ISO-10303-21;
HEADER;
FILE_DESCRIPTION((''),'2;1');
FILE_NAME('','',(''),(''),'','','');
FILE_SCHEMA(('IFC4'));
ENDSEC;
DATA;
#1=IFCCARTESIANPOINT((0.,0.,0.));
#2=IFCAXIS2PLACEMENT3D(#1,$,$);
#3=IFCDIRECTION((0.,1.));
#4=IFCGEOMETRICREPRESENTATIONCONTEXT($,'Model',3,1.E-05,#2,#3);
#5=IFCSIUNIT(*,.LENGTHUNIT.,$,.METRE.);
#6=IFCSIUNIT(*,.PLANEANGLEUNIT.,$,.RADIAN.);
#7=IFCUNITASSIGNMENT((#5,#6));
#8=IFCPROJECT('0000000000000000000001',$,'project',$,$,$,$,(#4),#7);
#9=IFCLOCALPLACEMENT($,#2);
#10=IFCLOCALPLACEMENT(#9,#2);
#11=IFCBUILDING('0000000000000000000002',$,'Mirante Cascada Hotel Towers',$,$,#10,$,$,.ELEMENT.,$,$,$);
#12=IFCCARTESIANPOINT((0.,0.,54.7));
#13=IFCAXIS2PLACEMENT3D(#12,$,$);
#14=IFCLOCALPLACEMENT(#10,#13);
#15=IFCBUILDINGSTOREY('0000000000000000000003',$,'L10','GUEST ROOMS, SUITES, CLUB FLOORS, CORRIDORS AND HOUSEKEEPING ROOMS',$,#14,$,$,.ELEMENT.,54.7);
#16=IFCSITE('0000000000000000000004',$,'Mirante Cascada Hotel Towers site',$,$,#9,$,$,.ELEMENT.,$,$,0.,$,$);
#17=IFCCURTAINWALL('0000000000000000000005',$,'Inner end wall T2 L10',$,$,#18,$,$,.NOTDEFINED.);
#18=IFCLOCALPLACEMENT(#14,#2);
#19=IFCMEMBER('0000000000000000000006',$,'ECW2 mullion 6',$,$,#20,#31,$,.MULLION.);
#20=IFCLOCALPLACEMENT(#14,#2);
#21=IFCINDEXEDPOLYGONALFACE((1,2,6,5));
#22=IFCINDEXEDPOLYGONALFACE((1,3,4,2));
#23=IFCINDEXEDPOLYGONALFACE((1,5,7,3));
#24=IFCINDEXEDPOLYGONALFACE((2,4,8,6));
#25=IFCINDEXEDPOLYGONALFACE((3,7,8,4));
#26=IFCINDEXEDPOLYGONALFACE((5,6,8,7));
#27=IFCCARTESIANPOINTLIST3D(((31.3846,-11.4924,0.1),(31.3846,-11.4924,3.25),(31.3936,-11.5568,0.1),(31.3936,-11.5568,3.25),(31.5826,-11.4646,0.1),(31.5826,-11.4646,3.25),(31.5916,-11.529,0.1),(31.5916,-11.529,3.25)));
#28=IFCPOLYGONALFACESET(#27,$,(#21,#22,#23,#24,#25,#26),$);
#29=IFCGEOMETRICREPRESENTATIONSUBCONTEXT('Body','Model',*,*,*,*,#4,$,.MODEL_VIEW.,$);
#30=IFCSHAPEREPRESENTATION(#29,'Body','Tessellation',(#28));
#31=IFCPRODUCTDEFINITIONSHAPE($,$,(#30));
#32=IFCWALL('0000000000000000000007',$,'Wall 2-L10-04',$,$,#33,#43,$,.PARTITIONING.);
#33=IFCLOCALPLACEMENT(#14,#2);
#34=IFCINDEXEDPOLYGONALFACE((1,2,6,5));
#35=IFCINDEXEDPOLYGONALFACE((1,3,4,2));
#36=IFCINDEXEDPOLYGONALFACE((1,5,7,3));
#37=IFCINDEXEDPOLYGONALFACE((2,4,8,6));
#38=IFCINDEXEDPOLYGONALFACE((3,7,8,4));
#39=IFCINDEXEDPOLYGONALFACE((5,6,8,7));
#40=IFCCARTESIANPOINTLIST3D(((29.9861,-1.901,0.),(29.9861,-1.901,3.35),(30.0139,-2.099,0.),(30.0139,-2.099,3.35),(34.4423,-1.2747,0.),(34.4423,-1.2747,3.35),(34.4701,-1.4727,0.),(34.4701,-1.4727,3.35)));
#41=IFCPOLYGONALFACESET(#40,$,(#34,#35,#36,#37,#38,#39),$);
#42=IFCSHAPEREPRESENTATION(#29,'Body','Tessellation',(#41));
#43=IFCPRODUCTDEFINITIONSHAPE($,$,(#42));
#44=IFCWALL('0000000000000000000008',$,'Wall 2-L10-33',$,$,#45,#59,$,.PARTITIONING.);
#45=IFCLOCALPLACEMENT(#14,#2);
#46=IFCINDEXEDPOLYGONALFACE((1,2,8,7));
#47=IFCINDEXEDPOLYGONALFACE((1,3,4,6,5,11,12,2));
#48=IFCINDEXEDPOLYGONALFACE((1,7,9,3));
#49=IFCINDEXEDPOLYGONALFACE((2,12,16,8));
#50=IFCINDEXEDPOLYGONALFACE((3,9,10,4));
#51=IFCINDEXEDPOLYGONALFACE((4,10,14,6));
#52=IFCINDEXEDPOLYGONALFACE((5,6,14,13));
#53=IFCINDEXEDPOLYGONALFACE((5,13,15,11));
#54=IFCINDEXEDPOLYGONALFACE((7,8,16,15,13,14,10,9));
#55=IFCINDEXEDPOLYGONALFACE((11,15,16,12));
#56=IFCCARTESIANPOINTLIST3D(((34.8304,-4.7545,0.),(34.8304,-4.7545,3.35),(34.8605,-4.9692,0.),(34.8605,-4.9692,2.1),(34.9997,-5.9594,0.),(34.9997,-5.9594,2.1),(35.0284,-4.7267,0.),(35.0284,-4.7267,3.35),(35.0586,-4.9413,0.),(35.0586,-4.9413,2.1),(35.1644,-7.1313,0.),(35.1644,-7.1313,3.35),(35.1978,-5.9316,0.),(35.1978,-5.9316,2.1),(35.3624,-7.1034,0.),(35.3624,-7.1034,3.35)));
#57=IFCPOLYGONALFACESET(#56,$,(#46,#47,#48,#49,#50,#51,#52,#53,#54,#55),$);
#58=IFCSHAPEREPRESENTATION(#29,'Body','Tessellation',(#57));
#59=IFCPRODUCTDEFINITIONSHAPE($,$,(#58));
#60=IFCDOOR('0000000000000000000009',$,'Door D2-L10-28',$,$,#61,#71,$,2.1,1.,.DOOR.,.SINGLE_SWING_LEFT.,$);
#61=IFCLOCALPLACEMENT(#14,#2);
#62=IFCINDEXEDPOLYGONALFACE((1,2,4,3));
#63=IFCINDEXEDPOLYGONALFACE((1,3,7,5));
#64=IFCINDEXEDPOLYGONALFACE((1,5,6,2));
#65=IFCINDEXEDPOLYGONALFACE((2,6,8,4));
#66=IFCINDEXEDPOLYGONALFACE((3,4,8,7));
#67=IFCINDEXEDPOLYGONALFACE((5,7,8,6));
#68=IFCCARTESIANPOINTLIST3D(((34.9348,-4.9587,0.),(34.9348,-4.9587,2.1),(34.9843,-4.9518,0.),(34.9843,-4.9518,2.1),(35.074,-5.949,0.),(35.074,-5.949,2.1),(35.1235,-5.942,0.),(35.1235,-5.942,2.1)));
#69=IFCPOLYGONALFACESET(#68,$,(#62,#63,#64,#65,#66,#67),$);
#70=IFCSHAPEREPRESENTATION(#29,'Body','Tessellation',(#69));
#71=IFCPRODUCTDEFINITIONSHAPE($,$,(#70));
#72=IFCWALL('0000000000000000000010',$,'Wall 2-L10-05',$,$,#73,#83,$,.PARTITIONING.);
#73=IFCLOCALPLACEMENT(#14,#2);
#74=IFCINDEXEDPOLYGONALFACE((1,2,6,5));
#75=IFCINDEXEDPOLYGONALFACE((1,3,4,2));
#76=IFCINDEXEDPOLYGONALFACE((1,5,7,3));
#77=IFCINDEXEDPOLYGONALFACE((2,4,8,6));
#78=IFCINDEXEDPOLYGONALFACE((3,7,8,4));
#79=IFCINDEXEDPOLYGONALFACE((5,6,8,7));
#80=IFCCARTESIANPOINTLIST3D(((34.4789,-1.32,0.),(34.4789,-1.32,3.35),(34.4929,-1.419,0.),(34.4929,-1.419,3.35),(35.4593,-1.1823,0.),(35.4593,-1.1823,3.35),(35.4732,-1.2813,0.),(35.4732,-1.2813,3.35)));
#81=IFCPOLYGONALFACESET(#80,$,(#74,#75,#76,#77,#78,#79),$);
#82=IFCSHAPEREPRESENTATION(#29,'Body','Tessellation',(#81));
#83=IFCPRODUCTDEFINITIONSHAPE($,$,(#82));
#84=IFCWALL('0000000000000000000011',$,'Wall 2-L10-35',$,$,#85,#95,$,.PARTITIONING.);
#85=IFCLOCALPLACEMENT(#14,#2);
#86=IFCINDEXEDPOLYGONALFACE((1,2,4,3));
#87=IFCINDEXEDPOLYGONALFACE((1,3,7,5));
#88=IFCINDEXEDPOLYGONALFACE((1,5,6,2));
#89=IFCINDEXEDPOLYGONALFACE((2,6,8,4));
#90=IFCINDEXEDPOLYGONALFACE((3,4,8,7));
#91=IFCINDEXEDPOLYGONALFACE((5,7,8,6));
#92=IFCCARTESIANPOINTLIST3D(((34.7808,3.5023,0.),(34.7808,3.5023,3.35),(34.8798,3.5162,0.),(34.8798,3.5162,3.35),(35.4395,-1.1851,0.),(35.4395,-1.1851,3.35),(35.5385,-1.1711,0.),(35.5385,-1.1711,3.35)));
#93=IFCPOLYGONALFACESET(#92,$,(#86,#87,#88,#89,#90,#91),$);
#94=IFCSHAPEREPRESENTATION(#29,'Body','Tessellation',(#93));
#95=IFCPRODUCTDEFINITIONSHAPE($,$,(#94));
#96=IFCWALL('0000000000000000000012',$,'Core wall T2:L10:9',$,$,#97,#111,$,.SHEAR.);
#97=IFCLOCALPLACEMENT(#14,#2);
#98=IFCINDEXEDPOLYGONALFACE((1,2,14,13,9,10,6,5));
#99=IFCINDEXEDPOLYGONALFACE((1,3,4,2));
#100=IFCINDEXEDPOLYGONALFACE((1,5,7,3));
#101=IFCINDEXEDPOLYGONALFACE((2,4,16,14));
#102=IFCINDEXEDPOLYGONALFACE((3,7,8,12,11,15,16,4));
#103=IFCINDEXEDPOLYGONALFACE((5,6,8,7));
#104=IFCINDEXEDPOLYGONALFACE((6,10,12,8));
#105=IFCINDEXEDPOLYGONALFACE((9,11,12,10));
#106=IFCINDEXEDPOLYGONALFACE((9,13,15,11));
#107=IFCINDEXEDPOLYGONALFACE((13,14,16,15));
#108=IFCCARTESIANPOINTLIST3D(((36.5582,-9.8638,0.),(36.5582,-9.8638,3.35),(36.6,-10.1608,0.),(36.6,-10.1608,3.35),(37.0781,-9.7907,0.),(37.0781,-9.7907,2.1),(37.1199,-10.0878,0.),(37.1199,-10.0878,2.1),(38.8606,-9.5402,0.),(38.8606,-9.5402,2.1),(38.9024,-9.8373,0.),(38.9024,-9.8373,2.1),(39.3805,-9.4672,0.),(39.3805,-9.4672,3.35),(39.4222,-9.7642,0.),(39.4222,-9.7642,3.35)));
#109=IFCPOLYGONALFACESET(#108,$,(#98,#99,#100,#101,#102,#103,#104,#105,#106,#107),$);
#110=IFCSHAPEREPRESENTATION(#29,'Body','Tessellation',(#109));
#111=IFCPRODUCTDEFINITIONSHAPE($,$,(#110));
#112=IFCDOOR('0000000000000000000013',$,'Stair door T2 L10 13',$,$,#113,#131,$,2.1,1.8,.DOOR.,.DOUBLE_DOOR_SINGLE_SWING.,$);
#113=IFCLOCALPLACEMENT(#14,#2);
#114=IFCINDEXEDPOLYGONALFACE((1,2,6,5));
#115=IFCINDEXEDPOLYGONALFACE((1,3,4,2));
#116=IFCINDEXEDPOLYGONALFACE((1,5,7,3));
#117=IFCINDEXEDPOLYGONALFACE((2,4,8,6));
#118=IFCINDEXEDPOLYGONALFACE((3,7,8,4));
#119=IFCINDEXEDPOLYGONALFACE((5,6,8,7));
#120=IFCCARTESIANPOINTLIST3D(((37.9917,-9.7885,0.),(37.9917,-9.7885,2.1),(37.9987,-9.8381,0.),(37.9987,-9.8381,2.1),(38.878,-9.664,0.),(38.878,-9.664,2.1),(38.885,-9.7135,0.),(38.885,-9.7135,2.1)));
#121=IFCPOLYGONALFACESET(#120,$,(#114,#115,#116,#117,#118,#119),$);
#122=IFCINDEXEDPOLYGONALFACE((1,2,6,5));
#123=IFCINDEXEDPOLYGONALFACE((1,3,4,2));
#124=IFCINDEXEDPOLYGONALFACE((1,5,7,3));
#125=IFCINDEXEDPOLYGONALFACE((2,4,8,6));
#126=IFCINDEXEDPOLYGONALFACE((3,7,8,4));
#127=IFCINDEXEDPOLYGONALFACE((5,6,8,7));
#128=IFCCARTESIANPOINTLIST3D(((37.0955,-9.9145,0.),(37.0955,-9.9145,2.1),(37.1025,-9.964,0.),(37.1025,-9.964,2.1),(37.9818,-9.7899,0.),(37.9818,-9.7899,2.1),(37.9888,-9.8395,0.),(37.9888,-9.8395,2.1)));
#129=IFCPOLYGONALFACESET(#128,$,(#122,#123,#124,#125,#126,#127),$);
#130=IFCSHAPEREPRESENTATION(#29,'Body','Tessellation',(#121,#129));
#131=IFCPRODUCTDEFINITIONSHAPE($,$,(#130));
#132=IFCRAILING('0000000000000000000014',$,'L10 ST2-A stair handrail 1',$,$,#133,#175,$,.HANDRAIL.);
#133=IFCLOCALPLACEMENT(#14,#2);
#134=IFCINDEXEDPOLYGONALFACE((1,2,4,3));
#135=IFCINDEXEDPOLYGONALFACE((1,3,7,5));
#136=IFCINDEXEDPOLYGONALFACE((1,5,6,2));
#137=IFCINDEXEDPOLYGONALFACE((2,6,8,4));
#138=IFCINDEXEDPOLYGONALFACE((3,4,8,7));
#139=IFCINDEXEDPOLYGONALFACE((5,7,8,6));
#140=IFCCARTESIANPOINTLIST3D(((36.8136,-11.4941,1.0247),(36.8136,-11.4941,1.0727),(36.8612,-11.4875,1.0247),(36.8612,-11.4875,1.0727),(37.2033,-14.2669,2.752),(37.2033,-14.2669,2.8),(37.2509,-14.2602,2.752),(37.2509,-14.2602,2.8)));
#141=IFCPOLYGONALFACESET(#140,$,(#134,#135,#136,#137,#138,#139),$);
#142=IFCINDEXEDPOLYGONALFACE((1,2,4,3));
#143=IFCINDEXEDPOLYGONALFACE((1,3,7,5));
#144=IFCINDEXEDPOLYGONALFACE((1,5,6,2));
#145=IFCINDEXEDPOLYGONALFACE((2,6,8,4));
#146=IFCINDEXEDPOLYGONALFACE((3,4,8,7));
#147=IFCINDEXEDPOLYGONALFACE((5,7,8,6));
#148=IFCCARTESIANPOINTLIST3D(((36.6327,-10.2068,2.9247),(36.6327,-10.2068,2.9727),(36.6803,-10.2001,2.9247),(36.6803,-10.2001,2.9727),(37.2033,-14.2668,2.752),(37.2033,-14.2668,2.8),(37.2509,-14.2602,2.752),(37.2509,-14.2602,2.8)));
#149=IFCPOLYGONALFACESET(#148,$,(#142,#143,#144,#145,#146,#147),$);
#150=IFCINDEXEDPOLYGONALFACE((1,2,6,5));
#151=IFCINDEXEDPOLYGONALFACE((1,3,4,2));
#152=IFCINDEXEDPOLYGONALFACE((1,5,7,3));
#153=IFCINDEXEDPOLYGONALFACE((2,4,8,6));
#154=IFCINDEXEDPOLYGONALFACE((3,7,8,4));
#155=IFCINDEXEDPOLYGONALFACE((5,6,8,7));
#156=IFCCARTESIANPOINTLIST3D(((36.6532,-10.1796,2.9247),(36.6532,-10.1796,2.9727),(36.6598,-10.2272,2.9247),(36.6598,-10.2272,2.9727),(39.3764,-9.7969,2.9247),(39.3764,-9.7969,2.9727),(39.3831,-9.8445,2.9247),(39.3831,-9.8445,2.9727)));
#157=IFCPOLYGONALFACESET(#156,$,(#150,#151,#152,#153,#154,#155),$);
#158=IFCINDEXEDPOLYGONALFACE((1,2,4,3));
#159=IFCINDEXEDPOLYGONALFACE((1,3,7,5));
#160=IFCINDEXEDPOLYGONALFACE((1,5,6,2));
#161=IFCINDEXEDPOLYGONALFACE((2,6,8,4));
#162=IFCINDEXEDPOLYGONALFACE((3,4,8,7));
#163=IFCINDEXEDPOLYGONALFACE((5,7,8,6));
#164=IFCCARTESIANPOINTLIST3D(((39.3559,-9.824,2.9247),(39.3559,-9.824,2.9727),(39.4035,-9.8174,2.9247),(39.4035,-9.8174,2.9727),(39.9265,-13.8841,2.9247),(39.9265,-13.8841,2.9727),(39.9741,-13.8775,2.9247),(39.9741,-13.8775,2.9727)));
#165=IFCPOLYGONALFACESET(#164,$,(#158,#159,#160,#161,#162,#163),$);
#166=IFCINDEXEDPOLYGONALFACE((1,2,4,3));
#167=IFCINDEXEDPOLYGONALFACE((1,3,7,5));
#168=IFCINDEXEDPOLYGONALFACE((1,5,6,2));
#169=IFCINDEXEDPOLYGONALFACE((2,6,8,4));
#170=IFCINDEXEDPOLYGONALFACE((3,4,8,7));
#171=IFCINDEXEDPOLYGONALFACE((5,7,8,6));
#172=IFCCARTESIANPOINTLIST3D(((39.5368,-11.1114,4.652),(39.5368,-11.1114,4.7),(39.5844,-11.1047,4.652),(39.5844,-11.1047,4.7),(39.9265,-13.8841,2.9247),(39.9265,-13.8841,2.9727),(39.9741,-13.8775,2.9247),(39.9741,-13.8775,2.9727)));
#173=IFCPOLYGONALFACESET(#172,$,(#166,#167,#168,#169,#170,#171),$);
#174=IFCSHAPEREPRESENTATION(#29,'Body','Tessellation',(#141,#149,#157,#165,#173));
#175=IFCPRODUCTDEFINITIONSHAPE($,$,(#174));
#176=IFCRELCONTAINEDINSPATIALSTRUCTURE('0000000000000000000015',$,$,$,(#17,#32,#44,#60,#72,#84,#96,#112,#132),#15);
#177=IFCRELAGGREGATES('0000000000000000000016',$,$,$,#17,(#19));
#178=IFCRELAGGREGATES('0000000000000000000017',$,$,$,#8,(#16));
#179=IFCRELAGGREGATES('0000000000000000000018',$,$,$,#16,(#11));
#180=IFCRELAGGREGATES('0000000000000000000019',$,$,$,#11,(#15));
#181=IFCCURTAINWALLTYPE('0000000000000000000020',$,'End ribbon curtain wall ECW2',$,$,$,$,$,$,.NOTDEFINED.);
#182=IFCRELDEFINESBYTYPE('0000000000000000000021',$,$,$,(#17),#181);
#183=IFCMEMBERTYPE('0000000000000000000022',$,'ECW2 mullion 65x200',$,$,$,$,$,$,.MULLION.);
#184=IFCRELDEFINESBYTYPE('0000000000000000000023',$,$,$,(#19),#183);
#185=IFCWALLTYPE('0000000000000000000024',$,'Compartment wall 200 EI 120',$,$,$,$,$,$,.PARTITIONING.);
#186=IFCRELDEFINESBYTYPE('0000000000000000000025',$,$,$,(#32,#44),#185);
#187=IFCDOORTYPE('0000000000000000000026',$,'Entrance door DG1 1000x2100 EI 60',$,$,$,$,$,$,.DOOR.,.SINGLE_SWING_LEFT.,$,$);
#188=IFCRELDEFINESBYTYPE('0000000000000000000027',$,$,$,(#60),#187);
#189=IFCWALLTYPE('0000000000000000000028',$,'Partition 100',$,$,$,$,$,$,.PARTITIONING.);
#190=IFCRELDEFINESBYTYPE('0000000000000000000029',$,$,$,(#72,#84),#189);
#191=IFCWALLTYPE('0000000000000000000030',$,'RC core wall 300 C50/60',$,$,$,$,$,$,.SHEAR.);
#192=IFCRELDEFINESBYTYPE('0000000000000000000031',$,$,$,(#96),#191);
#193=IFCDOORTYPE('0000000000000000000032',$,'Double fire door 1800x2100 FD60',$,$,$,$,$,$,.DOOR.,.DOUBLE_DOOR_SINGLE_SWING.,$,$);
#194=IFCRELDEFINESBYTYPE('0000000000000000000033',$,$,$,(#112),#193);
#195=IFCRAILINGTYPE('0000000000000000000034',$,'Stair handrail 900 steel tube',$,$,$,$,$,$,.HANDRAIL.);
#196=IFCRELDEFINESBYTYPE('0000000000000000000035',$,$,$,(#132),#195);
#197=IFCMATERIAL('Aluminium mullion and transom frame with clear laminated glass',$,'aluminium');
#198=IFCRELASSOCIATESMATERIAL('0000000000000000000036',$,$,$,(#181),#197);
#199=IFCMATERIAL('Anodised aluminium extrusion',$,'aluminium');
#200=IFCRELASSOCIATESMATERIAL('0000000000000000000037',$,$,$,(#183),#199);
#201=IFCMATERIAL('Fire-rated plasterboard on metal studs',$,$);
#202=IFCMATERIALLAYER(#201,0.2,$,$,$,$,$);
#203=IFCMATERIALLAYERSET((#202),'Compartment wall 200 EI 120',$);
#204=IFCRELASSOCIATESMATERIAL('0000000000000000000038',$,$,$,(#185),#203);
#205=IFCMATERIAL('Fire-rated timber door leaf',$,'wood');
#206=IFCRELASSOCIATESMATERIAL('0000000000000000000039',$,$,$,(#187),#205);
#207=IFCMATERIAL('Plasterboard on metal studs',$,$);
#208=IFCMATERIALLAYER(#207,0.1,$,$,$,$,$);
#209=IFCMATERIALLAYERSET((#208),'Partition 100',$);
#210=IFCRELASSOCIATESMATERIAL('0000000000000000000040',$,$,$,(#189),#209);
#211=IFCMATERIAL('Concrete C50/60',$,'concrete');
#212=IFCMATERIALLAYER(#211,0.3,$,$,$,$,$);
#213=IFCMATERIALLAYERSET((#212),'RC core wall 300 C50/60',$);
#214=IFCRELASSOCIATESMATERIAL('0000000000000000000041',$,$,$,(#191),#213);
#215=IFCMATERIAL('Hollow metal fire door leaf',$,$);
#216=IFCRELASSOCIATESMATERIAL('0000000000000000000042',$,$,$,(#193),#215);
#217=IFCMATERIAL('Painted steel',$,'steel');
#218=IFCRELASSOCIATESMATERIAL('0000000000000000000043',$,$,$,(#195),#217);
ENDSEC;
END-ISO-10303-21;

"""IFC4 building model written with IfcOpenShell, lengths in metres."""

from ifc_helpers import new_model, si_unit, direction, frame, frame_2d, origin, origin_2d, place, context, subcontext, project, spatial, rectangle, extrude, material, layer, layer_set, material_profile, profile_set, type_object, element, fill, aggregate, save


model = new_model("IFC4")

# Units and contexts
model_context = context("Model", 3, precision=1e-05, world=origin(), true_north=direction((0.0, 1.0)))
body_context = subcontext(model_context, "Body", "Model", "MODEL_VIEW")
ifc_project = project(units=[si_unit("LENGTHUNIT", "METRE"), si_unit("PLANEANGLEUNIT", "RADIAN")], contexts=[model_context])

# Site, building, storey
site_placement = place(None, origin())
site = spatial("IfcSite", under=ifc_project, at=site_placement, Name="Mirante Cascada Hotel Towers site", CompositionType="ELEMENT", RefElevation=0.0)
building_placement = place(site_placement, origin())
building = spatial("IfcBuilding", under=site, at=building_placement, Name="Mirante Cascada Hotel Towers", CompositionType="ELEMENT")
storey_placement = place(building_placement, frame((0.0, 0.0, 54.7)))
storey = spatial("IfcBuildingStorey", under=building, at=storey_placement, Name="L10", Description="GUEST ROOMS, SUITES, CLUB FLOORS, CORRIDORS AND HOUSEKEEPING ROOMS", CompositionType="ELEMENT", Elevation=54.7)

# Curtain wall, member
ifc_material_1 = material(Name="Aluminium mullion and transom frame with clear laminated glass", Category="aluminium")
curtain_wall_type = type_object("IfcCurtainWallType", Name="End ribbon curtain wall ECW2", PredefinedType="NOTDEFINED", material=ifc_material_1)
curtain_wall_placement = place(storey_placement, origin())
curtain_wall = element("IfcCurtainWall", 1, at=curtain_wall_placement, inside=storey, type_object=curtain_wall_type, Name="Inner end wall T2 L10", PredefinedType="NOTDEFINED")
ifc_material_2 = material(Name="Anodised aluminium extrusion", Category="aluminium")
ifc_material_profile = material_profile(ifc_material_2, rectangle(XDim=0.2, YDim=0.065, at=origin_2d()), Name="ECW2 MULLION 65x200")
ifc_profile_set = profile_set([ifc_material_profile], Name="Anodised aluminium extrusion")
member_type = type_object("IfcMemberType", Name="ECW2 mullion 65x200", PredefinedType="MULLION", material=ifc_profile_set)
member_placement = place(storey_placement, frame((31.4881, -11.5107, 0.1), z_axis=(0.0, 0.0, 1.0), x_axis=(0.990268, 0.139173, 0.0)))
member = element("IfcMember", 2, at=member_placement, type_object=member_type, Name="ECW2 mullion 6", PredefinedType="MULLION", context=body_context, shape_type="SweptSolid", body=[
    extrude(rectangle(XDim=0.2, YDim=0.065, at=origin_2d()), origin(), (0.0, 0.0, 1.0), 3.15),
])
aggregate(curtain_wall, [member])

# Wall
ifc_material_3 = material(Name="Fire-rated plasterboard on metal studs")
ifc_layer_1 = layer(ifc_material_3, 0.2)
ifc_layer_set_1 = layer_set([ifc_layer_1], Name="Compartment wall 200 EI 120")
wall_type_1 = type_object("IfcWallType", Name="Compartment wall 200 EI 120", PredefinedType="PARTITIONING", material=ifc_layer_set_1)
wall_1_placement = place(storey_placement, frame((34.4562, -1.3737, 0.0), z_axis=(0.0, 0.0, 1.0), x_axis=(-0.990267, -0.139178, 0.0)))
element("IfcWall", 3, at=wall_1_placement, inside=storey, type_object=wall_type_1, Name="Wall 2-L10-04", PredefinedType="PARTITIONING", context=body_context, shape_type="SweptSolid", body=[
    extrude(rectangle(XDim=4.5, YDim=0.2, at=frame_2d((2.25, 0.0))), origin(), (0.0, 0.0, 1.0), 3.35),
])

# Wall, opening, door
wall_2_placement = place(storey_placement, frame((35.2634, -7.1173, 0.0), z_axis=(0.0, 0.0, 1.0), x_axis=(-0.139163, 0.990269, 0.0)))
wall_2 = element("IfcWall", 4, at=wall_2_placement, inside=storey, type_object=wall_type_1, Name="Wall 2-L10-33", PredefinedType="PARTITIONING", context=body_context, shape_type="SweptSolid", body=[
    extrude(rectangle(XDim=2.4001, YDim=0.2, at=frame_2d((1.2, 0.0))), origin(), (0.0, 0.0, 1.0), 3.35),
])
opening_1_placement = place(wall_2_placement, frame((1.1833, 0.0, 0.0)))
opening_1 = element("IfcOpeningElement", 5, at=opening_1_placement, cuts=wall_2, PredefinedType="OPENING", context=body_context, shape_type="SweptSolid", body=[
    extrude(rectangle(XDim=1.0, YDim=2.1, at=frame_2d((0.5, 1.05))), frame((0.0, 0.1, 0.0), z_axis=(0.0, -1.0, 0.0), x_axis=(1.0, 0.0, 0.0)), (0.0, 0.0, 1.0), 0.2),
])
ifc_material_4 = material(Name="Fire-rated timber door leaf", Category="wood")
door_type_1 = type_object("IfcDoorType", Name="Entrance door DG1 1000x2100 EI 60", OperationType="SINGLE_SWING_LEFT", PredefinedType="DOOR", material=ifc_material_4)
door_1_placement = place(opening_1_placement, origin())
door_1 = element("IfcDoor", 6, at=door_1_placement, inside=storey, type_object=door_type_1, Name="Door D2-L10-28", OperationType="SINGLE_SWING_LEFT", OverallHeight=2.1, OverallWidth=1.0, PredefinedType="DOOR", context=body_context, shape_type="SweptSolid", body=[
    extrude(rectangle(XDim=1.0, YDim=2.1, at=frame_2d((0.5, 1.05))), frame((0.0, 0.025, 0.0), z_axis=(0.0, -1.0, 0.0), x_axis=(1.0, 0.0, 0.0)), (0.0, 0.0, 1.0), 0.05),
])
fill(opening_1, door_1)

# Walls
ifc_material_5 = material(Name="Plasterboard on metal studs")
ifc_layer_2 = layer(ifc_material_5, 0.1)
ifc_layer_set_2 = layer_set([ifc_layer_2], Name="Partition 100")
wall_type_2 = type_object("IfcWallType", Name="Partition 100", PredefinedType="PARTITIONING", material=ifc_layer_set_2)
wall_3_placement = place(storey_placement, frame((34.4859, -1.3695, 0.0), z_axis=(0.0, 0.0, 1.0), x_axis=(0.99028, 0.139088, 0.0)))
element("IfcWall", 7, at=wall_3_placement, inside=storey, type_object=wall_type_2, Name="Wall 2-L10-05", PredefinedType="PARTITIONING", context=body_context, shape_type="SweptSolid", body=[
    extrude(rectangle(XDim=0.99, YDim=0.1, at=frame_2d((0.495, 0.0))), origin(), (0.0, 0.0, 1.0), 3.35),
])
wall_4_placement = place(storey_placement, frame((35.489, -1.1781, 0.0), z_axis=(0.0, 0.0, 1.0), x_axis=(-0.139161, 0.99027, 0.0)))
element("IfcWall", 8, at=wall_4_placement, inside=storey, type_object=wall_type_2, Name="Wall 2-L10-35", PredefinedType="PARTITIONING", context=body_context, shape_type="SweptSolid", body=[
    extrude(rectangle(XDim=4.7334, YDim=0.1, at=frame_2d((2.3667, 0.0))), origin(), (0.0, 0.0, 1.0), 3.35),
])

# Wall, opening, door
ifc_material_6 = material(Name="Concrete C50/60", Category="concrete")
ifc_layer_3 = layer(ifc_material_6, 0.3)
ifc_layer_set_3 = layer_set([ifc_layer_3], Name="RC core wall 300 C50/60")
wall_type_3 = type_object("IfcWallType", Name="RC core wall 300 C50/60", PredefinedType="SHEAR", material=ifc_layer_set_3)
wall_5_placement = place(storey_placement, frame((36.5791, -10.0123, 0.0), z_axis=(0.0, 0.0, 1.0), x_axis=(0.99027, 0.139156, 0.0)))
wall_5 = element("IfcWall", 9, at=wall_5_placement, inside=storey, type_object=wall_type_3, Name="Core wall T2:L10:9", PredefinedType="SHEAR", context=body_context, shape_type="SweptSolid", body=[
    extrude(rectangle(XDim=2.85, YDim=0.3, at=frame_2d((1.425, 0.0))), origin(), (0.0, 0.0, 1.0), 3.35),
])
opening_2_placement = place(wall_5_placement, frame((0.525, 0.0, 0.0)))
opening_2 = element("IfcOpeningElement", 10, at=opening_2_placement, cuts=wall_5, PredefinedType="OPENING", context=body_context, shape_type="SweptSolid", body=[
    extrude(rectangle(XDim=1.8, YDim=2.1, at=frame_2d((0.9, 1.05))), frame((0.0, 0.15, 0.0), z_axis=(0.0, -1.0, 0.0), x_axis=(1.0, 0.0, 0.0)), (0.0, 0.0, 1.0), 0.3),
])
ifc_material_7 = material(Name="Hollow metal fire door leaf")
door_type_2 = type_object("IfcDoorType", Name="Double fire door 1800x2100 FD60", OperationType="DOUBLE_DOOR_SINGLE_SWING", PredefinedType="DOOR", material=ifc_material_7)
door_2_placement = place(opening_2_placement, frame((1.8, 0.0, 0.0), z_axis=(0.0, 0.0, 1.0), x_axis=(-1.0, 0.0, 0.0)))
door_2 = element("IfcDoor", 11, at=door_2_placement, inside=storey, type_object=door_type_2, Name="Stair door T2 L10 13", OperationType="DOUBLE_DOOR_SINGLE_SWING", OverallHeight=2.1, OverallWidth=1.8, PredefinedType="DOOR", context=body_context, shape_type="SweptSolid", body=[
    extrude(rectangle(XDim=0.895, YDim=2.1, at=frame_2d((0.4475, 1.05))), frame((0.0, 0.025, 0.0), z_axis=(0.0, -1.0, 0.0), x_axis=(1.0, 0.0, 0.0)), (0.0, 0.0, 1.0), 0.05),
    extrude(rectangle(XDim=0.895, YDim=2.1, at=frame_2d((1.3525, 1.05))), frame((0.0, 0.025, 0.0), z_axis=(0.0, -1.0, 0.0), x_axis=(1.0, 0.0, 0.0)), (0.0, 0.0, 1.0), 0.05),
])
fill(opening_2, door_2)

# Railing
ifc_material_8 = material(Name="Painted steel", Category="steel")
railing_type = type_object("IfcRailingType", Name="Stair handrail 900 steel tube", PredefinedType="HANDRAIL", material=ifc_material_8)
railing_placement = place(storey_placement, frame((36.8374, -11.4908, 0.1727)))
element("IfcRailing", 12, at=railing_placement, inside=storey, type_object=railing_type, Name="L10 ST2-A stair handrail 1", PredefinedType="HANDRAIL", context=body_context, shape_type="SweptSolid", body=[
    extrude(rectangle(XDim=0.048, YDim=0.048, at=origin_2d()), frame((0.0, 0.0, 0.876), z_axis=(0.139181, -0.990267, 0.0), x_axis=(0.990267, 0.139181, 0.0)), (0.0, 0.525035, 0.851081), 3.2899),
    extrude(rectangle(XDim=0.048, YDim=0.048, at=origin_2d()), frame((0.3897, -2.7727, 2.6033), z_axis=(-0.139171, 0.990268, 0.0), x_axis=(-0.990268, -0.139171, 0.0)), (0.0, 0.042085, 0.999114), 4.1036),
    extrude(rectangle(XDim=0.048, YDim=0.048, at=origin_2d()), frame((-0.1809, 1.2874, 2.776), z_axis=(0.990269, 0.139166, 0.0), x_axis=(-0.139166, 0.990269, 0.0)), (0.0, 0.0, 1.0), 2.75),
    extrude(rectangle(XDim=0.048, YDim=0.048, at=origin_2d()), frame((2.5423, 1.6701, 2.776), z_axis=(0.139171, -0.990268, 0.0), x_axis=(0.990268, 0.139171, 0.0)), (0.0, 0.0, 1.0), 4.1),
    extrude(rectangle(XDim=0.048, YDim=0.048, at=origin_2d()), frame((3.1129, -2.39, 2.776), z_axis=(-0.139181, 0.990267, 0.0), x_axis=(-0.990267, -0.139181, 0.0)), (0.0, 0.525035, 0.851081), 3.2899),
])

save(model, "model.ifc")
